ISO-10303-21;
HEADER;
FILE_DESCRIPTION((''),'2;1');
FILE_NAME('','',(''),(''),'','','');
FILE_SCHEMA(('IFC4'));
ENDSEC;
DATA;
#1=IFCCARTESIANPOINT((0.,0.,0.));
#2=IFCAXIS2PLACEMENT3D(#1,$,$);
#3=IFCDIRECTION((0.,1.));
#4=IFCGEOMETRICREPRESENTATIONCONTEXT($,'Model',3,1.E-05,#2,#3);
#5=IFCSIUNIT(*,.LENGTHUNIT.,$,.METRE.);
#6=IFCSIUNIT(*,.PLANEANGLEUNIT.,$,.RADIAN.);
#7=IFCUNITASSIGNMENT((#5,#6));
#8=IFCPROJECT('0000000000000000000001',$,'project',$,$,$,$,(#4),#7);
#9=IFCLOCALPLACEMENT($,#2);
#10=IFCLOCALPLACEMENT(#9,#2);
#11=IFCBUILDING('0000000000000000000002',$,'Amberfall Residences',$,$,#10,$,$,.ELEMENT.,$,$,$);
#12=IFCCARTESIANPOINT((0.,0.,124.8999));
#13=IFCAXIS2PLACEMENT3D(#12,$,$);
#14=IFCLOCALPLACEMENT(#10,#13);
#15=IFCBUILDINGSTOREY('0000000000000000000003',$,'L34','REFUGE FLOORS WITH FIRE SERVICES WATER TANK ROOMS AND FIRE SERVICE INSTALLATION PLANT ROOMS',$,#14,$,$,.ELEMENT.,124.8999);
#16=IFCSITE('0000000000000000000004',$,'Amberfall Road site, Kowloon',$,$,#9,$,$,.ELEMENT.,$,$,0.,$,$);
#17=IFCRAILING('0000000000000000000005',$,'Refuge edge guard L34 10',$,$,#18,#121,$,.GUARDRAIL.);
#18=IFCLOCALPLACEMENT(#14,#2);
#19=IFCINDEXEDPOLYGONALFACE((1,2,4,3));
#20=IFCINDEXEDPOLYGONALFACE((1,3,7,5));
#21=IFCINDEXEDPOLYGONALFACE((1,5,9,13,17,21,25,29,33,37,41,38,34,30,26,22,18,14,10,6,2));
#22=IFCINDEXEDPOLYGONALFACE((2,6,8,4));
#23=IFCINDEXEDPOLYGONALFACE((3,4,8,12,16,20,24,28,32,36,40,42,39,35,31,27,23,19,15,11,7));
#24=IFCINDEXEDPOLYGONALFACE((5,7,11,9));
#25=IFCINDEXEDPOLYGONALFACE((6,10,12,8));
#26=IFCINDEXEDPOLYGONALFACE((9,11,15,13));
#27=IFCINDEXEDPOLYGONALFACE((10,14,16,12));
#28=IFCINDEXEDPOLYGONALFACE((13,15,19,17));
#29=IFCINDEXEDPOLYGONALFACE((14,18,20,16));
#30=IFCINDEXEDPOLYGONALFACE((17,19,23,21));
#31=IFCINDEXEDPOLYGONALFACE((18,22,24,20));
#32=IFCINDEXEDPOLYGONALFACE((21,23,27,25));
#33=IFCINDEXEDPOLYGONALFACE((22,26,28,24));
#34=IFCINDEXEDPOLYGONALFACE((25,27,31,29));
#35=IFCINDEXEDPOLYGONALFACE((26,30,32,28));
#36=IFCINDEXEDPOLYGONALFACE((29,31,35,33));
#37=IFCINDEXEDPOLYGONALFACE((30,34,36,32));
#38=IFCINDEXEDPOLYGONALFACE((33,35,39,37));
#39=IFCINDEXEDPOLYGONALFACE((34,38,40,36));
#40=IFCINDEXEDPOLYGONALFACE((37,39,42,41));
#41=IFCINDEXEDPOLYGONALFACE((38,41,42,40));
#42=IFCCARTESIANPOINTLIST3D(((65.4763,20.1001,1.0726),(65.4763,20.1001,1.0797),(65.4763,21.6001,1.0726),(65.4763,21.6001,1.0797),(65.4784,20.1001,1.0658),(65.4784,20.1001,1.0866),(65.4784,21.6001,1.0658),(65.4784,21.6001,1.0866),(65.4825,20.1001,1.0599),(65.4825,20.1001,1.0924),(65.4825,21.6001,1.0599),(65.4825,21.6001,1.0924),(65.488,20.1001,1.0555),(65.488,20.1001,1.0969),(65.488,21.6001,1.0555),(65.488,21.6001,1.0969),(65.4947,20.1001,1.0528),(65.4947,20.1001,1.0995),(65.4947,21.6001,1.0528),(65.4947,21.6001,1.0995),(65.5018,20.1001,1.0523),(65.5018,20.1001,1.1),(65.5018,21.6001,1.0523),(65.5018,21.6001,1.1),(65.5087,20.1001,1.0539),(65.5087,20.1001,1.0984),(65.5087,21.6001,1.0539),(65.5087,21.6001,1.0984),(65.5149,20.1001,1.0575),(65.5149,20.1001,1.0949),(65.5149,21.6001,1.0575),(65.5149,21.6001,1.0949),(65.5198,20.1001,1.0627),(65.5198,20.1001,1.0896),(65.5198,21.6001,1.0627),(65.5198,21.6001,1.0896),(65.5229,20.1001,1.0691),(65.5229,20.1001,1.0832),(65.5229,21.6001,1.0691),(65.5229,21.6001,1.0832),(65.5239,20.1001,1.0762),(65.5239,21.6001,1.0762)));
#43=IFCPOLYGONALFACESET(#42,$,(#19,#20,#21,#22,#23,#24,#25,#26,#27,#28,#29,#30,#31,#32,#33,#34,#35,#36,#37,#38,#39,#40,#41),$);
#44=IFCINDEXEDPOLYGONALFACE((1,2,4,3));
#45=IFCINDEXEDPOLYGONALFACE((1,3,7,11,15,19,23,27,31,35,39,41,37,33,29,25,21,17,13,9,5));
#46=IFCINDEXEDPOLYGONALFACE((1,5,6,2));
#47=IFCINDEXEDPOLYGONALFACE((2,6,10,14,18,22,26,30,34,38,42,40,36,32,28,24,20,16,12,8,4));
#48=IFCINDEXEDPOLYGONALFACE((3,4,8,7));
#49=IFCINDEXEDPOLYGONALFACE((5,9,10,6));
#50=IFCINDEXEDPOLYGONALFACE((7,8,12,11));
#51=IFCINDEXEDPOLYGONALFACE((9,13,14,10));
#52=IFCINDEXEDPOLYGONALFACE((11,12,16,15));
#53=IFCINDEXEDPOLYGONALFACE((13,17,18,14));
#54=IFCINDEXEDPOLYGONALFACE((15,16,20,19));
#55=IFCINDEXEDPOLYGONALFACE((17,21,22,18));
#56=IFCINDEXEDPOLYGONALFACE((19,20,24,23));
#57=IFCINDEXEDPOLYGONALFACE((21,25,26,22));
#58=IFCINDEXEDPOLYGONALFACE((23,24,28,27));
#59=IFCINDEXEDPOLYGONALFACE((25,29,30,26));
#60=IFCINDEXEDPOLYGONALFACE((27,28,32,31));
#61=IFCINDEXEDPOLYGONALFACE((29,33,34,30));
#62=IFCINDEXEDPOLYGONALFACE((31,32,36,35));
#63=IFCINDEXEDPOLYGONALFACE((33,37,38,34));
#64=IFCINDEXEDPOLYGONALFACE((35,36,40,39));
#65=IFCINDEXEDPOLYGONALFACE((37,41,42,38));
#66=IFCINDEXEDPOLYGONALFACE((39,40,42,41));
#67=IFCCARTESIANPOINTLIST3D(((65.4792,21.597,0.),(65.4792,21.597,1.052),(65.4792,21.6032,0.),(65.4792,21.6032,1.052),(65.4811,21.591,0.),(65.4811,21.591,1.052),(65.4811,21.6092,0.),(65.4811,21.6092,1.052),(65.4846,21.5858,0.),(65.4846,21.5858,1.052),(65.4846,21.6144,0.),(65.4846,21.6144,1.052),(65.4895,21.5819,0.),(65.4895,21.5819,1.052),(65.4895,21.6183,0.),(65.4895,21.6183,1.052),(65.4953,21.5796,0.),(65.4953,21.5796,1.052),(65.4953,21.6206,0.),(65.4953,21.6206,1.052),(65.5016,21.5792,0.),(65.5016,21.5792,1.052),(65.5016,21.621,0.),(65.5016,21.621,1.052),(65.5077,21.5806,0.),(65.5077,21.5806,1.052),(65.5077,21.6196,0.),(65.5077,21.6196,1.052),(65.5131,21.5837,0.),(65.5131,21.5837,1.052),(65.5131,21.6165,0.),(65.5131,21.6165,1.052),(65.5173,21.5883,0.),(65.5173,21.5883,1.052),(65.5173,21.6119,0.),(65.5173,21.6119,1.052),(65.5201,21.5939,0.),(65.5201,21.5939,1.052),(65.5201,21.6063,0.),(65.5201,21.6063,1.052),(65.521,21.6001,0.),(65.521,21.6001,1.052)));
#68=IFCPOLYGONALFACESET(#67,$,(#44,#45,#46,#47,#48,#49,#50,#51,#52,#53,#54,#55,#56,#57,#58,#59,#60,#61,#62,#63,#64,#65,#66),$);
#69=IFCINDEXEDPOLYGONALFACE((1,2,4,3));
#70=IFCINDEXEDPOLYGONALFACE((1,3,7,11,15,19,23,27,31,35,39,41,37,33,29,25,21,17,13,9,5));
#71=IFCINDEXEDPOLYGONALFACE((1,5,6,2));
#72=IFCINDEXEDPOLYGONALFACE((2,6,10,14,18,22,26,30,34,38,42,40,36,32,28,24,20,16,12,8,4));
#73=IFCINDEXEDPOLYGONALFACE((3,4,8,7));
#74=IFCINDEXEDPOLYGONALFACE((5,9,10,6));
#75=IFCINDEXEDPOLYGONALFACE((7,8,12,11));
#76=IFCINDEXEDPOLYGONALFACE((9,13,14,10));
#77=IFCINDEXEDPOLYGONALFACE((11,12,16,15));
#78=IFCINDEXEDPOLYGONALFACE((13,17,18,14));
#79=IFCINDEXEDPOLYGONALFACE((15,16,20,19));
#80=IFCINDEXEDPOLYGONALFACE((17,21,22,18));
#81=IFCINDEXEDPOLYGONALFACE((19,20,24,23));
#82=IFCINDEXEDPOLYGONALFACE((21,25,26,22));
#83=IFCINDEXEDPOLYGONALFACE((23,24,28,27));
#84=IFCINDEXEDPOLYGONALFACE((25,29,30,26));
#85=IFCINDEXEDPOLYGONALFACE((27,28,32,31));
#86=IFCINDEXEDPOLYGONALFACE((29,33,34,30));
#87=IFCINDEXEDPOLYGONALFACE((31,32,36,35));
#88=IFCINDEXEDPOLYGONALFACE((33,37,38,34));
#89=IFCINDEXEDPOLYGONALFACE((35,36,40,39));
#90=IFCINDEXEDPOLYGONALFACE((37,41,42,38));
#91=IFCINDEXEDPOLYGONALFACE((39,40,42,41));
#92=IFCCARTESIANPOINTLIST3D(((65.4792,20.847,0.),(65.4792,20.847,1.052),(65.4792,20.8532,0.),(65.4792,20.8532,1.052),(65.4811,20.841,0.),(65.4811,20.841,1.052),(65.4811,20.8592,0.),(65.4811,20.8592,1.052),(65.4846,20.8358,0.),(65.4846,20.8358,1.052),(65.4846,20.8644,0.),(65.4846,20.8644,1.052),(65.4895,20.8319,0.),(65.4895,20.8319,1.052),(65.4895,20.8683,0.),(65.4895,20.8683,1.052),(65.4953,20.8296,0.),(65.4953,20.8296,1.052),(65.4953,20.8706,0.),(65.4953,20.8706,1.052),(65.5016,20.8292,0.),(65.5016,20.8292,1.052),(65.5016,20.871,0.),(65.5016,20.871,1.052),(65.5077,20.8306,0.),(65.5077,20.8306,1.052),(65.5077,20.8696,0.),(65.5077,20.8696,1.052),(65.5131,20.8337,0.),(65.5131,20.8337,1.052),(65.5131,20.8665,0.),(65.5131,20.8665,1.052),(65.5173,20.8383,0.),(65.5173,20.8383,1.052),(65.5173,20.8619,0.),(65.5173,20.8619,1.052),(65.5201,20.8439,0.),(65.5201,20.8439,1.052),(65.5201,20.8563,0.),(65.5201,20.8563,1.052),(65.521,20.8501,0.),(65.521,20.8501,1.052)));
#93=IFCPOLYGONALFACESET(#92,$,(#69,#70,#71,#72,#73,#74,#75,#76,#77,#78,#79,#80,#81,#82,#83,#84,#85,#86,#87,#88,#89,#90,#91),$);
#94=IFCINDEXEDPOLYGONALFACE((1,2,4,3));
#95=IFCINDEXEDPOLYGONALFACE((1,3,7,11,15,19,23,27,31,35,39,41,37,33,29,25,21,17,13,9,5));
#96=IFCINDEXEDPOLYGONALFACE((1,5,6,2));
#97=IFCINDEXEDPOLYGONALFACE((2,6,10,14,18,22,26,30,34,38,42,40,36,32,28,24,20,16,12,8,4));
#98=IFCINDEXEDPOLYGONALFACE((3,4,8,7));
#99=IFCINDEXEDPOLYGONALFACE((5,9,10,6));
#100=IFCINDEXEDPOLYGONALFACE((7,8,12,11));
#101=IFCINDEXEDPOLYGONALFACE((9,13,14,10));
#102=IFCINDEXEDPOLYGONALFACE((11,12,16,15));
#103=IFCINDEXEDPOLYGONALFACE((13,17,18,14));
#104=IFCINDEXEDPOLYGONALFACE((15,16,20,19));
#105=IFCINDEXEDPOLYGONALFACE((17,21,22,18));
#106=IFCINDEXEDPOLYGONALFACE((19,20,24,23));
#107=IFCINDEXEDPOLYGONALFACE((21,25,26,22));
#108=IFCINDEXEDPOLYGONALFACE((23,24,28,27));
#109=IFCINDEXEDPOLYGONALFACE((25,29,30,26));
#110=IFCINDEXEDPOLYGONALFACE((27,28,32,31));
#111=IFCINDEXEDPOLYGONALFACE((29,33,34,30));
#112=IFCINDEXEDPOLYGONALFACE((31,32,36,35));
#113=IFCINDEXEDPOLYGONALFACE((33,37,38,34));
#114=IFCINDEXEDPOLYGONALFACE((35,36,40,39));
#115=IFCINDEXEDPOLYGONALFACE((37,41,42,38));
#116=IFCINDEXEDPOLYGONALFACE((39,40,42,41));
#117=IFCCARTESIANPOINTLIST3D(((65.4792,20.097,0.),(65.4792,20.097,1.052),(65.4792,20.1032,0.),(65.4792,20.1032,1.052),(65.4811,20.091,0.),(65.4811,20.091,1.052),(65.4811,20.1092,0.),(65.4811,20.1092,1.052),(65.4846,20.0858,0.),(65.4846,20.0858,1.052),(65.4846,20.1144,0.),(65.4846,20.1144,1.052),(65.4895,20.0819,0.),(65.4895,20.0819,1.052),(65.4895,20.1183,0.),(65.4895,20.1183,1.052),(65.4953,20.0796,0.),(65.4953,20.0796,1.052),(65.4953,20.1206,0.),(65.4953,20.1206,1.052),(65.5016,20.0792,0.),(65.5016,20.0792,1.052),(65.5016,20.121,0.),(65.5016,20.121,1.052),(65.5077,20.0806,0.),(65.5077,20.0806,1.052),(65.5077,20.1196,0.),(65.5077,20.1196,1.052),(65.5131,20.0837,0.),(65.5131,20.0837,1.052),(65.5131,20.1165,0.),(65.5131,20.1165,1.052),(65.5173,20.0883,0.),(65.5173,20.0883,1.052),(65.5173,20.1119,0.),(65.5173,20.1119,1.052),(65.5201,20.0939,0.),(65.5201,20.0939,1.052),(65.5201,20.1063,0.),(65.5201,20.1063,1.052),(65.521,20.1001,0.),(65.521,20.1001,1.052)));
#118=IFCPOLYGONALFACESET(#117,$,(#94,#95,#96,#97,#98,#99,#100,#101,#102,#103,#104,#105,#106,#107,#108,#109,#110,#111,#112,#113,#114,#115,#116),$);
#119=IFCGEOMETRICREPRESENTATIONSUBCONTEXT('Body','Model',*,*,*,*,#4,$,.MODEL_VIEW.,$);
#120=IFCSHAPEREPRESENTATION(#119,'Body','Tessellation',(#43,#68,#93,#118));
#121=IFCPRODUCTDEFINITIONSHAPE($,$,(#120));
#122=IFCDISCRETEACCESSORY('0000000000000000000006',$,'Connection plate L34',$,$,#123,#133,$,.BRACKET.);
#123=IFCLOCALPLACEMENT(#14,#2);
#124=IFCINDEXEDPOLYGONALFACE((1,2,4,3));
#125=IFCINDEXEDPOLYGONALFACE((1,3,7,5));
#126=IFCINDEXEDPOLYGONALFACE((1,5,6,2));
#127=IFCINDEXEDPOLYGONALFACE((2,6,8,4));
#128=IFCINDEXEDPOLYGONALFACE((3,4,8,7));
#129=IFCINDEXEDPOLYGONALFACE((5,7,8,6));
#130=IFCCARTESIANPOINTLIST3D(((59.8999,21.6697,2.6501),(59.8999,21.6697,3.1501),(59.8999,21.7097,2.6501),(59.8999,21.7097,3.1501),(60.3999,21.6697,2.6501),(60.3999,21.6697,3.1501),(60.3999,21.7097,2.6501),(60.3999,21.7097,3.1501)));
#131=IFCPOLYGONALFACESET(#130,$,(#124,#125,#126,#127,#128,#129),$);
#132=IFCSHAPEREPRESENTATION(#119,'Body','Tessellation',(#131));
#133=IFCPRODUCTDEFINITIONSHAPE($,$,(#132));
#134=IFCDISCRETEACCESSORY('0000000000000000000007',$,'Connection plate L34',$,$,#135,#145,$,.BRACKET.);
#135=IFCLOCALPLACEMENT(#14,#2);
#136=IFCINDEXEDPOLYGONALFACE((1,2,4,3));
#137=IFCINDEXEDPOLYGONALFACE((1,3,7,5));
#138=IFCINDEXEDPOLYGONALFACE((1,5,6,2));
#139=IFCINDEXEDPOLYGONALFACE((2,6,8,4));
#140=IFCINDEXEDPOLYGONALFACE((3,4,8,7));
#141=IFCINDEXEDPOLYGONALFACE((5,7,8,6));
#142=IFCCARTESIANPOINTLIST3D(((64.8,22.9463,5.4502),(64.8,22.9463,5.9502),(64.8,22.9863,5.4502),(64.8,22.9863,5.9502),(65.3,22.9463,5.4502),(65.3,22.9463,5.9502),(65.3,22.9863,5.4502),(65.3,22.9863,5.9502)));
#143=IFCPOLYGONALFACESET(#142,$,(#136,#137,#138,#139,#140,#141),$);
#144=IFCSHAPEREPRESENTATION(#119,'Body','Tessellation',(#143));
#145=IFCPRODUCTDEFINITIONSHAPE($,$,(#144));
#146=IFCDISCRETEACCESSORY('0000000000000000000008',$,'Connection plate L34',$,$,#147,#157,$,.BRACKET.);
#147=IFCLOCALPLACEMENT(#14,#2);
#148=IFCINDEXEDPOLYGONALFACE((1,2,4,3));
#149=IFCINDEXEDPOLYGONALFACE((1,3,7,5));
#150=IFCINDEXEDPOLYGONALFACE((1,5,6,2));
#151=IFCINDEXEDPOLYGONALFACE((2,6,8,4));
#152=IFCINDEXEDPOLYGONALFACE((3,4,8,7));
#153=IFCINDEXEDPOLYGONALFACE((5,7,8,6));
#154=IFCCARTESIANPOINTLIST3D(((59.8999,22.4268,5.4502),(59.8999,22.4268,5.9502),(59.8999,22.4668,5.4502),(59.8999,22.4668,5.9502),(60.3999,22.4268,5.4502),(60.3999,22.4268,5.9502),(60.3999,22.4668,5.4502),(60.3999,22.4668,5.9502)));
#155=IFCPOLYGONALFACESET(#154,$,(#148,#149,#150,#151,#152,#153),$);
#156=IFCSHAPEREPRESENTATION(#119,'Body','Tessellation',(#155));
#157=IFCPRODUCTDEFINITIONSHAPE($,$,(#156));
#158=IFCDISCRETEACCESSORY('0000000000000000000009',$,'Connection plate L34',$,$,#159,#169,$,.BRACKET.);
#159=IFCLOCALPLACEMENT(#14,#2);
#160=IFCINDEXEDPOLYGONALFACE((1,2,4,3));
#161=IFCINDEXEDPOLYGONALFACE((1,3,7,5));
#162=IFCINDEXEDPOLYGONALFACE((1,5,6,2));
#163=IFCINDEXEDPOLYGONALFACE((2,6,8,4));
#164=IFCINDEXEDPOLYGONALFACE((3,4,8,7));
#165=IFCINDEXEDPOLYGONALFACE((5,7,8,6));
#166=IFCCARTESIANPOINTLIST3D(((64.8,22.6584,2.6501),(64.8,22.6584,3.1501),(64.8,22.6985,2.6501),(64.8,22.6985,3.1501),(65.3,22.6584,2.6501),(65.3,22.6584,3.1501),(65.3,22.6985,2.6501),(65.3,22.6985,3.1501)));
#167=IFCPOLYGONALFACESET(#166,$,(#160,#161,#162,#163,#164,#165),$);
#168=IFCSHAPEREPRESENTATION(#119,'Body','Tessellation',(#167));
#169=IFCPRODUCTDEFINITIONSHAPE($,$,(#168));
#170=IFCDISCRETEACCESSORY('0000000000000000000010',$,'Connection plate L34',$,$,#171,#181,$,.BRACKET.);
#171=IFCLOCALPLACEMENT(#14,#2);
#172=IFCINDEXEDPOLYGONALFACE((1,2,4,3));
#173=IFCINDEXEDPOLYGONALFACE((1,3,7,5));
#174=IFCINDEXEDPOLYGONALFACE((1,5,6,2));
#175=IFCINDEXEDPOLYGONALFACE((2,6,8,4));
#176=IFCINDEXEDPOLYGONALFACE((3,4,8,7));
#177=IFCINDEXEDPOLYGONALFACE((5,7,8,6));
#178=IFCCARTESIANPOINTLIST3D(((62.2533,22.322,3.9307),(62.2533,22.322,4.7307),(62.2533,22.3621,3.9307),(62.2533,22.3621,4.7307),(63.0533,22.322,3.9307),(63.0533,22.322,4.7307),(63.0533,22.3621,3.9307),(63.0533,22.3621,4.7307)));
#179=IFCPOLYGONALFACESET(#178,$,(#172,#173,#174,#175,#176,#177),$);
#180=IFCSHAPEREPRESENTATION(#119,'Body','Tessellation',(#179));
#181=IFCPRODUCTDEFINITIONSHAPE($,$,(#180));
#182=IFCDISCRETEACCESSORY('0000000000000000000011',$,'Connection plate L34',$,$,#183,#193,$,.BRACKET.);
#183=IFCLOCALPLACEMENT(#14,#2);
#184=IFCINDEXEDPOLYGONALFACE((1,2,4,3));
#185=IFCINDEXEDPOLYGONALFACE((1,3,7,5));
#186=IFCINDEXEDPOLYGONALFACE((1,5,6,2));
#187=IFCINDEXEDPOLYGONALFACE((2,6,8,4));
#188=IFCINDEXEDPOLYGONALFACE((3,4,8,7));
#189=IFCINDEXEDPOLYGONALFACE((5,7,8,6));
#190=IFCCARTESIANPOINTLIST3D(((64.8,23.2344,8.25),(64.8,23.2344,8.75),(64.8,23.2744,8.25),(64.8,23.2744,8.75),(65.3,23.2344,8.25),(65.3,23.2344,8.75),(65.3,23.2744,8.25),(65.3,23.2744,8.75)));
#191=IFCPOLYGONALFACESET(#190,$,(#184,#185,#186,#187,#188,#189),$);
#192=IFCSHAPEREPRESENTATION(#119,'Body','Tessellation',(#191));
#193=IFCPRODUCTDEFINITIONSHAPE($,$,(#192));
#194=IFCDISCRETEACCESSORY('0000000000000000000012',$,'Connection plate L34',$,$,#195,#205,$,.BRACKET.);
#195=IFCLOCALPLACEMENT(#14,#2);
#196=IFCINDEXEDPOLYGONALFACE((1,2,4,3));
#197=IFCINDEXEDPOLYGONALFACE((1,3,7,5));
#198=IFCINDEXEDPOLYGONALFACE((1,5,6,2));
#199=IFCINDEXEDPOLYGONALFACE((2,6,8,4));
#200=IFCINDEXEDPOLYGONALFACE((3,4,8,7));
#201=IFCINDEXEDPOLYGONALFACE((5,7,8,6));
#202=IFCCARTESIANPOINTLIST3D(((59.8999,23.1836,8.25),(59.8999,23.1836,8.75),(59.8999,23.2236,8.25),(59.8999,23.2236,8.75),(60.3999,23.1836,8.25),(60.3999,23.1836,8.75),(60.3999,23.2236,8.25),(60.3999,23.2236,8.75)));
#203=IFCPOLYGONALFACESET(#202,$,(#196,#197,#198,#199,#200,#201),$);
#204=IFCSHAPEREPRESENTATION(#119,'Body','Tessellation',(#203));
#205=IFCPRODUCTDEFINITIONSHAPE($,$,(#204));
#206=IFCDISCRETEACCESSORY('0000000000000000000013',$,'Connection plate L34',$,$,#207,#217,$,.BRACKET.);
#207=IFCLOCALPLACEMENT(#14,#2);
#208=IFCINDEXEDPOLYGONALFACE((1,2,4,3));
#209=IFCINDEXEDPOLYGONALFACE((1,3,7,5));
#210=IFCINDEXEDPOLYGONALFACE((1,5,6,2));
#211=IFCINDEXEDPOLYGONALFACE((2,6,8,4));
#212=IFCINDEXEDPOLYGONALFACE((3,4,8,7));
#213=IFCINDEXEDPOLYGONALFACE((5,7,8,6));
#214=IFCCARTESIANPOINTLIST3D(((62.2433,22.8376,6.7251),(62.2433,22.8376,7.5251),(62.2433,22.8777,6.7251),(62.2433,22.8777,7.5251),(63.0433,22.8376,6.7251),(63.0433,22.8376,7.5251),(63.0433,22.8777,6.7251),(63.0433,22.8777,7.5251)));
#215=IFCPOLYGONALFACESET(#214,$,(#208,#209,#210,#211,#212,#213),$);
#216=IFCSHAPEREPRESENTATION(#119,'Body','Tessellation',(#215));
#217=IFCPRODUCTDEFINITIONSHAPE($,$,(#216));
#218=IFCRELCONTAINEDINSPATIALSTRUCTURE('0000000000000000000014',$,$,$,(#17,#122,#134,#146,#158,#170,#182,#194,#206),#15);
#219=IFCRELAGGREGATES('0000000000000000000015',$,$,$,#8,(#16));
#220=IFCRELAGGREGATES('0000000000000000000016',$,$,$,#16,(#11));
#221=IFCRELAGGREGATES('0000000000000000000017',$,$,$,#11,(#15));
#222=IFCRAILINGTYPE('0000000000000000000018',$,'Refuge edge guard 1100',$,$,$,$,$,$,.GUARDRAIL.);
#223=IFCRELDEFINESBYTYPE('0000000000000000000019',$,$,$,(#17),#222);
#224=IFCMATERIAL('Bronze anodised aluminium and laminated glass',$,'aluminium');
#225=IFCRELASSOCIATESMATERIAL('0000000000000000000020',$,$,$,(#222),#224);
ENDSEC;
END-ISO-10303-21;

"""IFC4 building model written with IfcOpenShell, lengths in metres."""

from ifc_helpers import new_model, si_unit, direction, frame, origin, origin_2d, place, context, subcontext, project, spatial, rectangle, circle, extrude, material, type_object, element, save


model = new_model("IFC4")

# Units and contexts
model_context = context("Model", 3, precision=1e-05, world=origin(), true_north=direction((0.0, 1.0)))
body_context = subcontext(model_context, "Body", "Model", "MODEL_VIEW")
ifc_project = project(units=[si_unit("LENGTHUNIT", "METRE"), si_unit("PLANEANGLEUNIT", "RADIAN")], contexts=[model_context])

# Site, building, storey
site_placement = place(None, origin())
site = spatial("IfcSite", under=ifc_project, at=site_placement, Name="Amberfall Road site, Kowloon", CompositionType="ELEMENT", RefElevation=0.0)
building_placement = place(site_placement, origin())
building = spatial("IfcBuilding", under=site, at=building_placement, Name="Amberfall Residences", CompositionType="ELEMENT")
storey_placement = place(building_placement, frame((0.0, 0.0, 124.8999)))
storey = spatial("IfcBuildingStorey", under=building, at=storey_placement, Name="L34", Description="REFUGE FLOORS WITH FIRE SERVICES WATER TANK ROOMS AND FIRE SERVICE INSTALLATION PLANT ROOMS", CompositionType="ELEMENT", Elevation=124.8999)

# Railing
ifc_material_1 = material(Name="Bronze anodised aluminium and laminated glass", Category="aluminium")
railing_type = type_object("IfcRailingType", Name="Refuge edge guard 1100", PredefinedType="GUARDRAIL", material=ifc_material_1)
railing_1_placement = place(storey_placement, frame((65.5, 21.6001, 0.0)))
element("IfcRailing", 1, at=railing_1_placement, inside=storey, type_object=railing_type, Name="Refuge edge guard L34 10", PredefinedType="GUARDRAIL", context=body_context, shape_type="SweptSolid", body=[
    extrude(circle(Radius=0.0239, at=origin_2d()), frame((0.0, 0.0, 1.0762), z_axis=(0.0, -1.0, 0.0), x_axis=(1.0, 0.0, 0.0)), (0.0, 0.0, 1.0), 1.5),
    extrude(circle(Radius=0.021, at=origin_2d()), origin(), (0.0, 0.0, 1.0), 1.052),
    extrude(circle(Radius=0.021, at=origin_2d()), frame((0.0, -0.75, 0.0)), (0.0, 0.0, 1.0), 1.052),
    extrude(circle(Radius=0.021, at=origin_2d()), frame((0.0, -1.5, 0.0)), (0.0, 0.0, 1.0), 1.052),
])

# Discrete accessories
for number, where, z_axis, x_axis, name in (
    (2, (60.1499, 21.6897, 2.6501), (0.0, 0.0, 1.0), (1.0, 0.0, 0.0), "Connection plate L34"),
    (3, (65.05, 22.9663, 5.4502), (0.0, 0.0, 1.0), (1.0, 0.0, 0.0), "Connection plate L34"),
    (4, (60.1499, 22.4468, 5.4502), (0.0, 0.0, 1.0), (1.0, 0.0, 0.0), "Connection plate L34"),
    (5, (65.05, 22.6785, 2.6501), (0.0, 0.0, 1.0), (1.0, 0.0, 0.0), "Connection plate L34"),
):
    element("IfcDiscreteAccessory", number, at=place(storey_placement, frame(where, z_axis=z_axis, x_axis=x_axis)), inside=storey, Name=name, PredefinedType="BRACKET", context=body_context, shape_type="SweptSolid", body=[
        extrude(rectangle(XDim=0.5, YDim=0.04, at=origin_2d()), origin(), (0.0, 0.0, 1.0), 0.5),
    ])
discrete_accessory_1_placement = place(storey_placement, frame((62.6533, 22.342, 3.9307), z_axis=(0.0, 0.0, 1.0), x_axis=(1.0, 0.0, 0.0)))
element("IfcDiscreteAccessory", 6, at=discrete_accessory_1_placement, inside=storey, Name="Connection plate L34", PredefinedType="BRACKET", context=body_context, shape_type="SweptSolid", body=[
    extrude(rectangle(XDim=0.8, YDim=0.04, at=origin_2d()), origin(), (0.0, 0.0, 1.0), 0.8),
])
for number, where, z_axis, x_axis, name in (
    (7, (65.05, 23.2544, 8.25), (0.0, 0.0, 1.0), (1.0, 0.0, 0.0), "Connection plate L34"),
    (8, (60.1499, 23.2036, 8.25), (0.0, 0.0, 1.0), (1.0, 0.0, 0.0), "Connection plate L34"),
):
    element("IfcDiscreteAccessory", number, at=place(storey_placement, frame(where, z_axis=z_axis, x_axis=x_axis)), inside=storey, Name=name, PredefinedType="BRACKET", context=body_context, shape_type="SweptSolid", body=[
        extrude(rectangle(XDim=0.5, YDim=0.04, at=origin_2d()), origin(), (0.0, 0.0, 1.0), 0.5),
    ])
discrete_accessory_2_placement = place(storey_placement, frame((62.6433, 22.8577, 6.7251), z_axis=(0.0, 0.0, 1.0), x_axis=(1.0, 0.0, 0.0)))
element("IfcDiscreteAccessory", 9, at=discrete_accessory_2_placement, inside=storey, Name="Connection plate L34", PredefinedType="BRACKET", context=body_context, shape_type="SweptSolid", body=[
    extrude(rectangle(XDim=0.8, YDim=0.04, at=origin_2d()), origin(), (0.0, 0.0, 1.0), 0.8),
])

save(model, "model.ifc")
